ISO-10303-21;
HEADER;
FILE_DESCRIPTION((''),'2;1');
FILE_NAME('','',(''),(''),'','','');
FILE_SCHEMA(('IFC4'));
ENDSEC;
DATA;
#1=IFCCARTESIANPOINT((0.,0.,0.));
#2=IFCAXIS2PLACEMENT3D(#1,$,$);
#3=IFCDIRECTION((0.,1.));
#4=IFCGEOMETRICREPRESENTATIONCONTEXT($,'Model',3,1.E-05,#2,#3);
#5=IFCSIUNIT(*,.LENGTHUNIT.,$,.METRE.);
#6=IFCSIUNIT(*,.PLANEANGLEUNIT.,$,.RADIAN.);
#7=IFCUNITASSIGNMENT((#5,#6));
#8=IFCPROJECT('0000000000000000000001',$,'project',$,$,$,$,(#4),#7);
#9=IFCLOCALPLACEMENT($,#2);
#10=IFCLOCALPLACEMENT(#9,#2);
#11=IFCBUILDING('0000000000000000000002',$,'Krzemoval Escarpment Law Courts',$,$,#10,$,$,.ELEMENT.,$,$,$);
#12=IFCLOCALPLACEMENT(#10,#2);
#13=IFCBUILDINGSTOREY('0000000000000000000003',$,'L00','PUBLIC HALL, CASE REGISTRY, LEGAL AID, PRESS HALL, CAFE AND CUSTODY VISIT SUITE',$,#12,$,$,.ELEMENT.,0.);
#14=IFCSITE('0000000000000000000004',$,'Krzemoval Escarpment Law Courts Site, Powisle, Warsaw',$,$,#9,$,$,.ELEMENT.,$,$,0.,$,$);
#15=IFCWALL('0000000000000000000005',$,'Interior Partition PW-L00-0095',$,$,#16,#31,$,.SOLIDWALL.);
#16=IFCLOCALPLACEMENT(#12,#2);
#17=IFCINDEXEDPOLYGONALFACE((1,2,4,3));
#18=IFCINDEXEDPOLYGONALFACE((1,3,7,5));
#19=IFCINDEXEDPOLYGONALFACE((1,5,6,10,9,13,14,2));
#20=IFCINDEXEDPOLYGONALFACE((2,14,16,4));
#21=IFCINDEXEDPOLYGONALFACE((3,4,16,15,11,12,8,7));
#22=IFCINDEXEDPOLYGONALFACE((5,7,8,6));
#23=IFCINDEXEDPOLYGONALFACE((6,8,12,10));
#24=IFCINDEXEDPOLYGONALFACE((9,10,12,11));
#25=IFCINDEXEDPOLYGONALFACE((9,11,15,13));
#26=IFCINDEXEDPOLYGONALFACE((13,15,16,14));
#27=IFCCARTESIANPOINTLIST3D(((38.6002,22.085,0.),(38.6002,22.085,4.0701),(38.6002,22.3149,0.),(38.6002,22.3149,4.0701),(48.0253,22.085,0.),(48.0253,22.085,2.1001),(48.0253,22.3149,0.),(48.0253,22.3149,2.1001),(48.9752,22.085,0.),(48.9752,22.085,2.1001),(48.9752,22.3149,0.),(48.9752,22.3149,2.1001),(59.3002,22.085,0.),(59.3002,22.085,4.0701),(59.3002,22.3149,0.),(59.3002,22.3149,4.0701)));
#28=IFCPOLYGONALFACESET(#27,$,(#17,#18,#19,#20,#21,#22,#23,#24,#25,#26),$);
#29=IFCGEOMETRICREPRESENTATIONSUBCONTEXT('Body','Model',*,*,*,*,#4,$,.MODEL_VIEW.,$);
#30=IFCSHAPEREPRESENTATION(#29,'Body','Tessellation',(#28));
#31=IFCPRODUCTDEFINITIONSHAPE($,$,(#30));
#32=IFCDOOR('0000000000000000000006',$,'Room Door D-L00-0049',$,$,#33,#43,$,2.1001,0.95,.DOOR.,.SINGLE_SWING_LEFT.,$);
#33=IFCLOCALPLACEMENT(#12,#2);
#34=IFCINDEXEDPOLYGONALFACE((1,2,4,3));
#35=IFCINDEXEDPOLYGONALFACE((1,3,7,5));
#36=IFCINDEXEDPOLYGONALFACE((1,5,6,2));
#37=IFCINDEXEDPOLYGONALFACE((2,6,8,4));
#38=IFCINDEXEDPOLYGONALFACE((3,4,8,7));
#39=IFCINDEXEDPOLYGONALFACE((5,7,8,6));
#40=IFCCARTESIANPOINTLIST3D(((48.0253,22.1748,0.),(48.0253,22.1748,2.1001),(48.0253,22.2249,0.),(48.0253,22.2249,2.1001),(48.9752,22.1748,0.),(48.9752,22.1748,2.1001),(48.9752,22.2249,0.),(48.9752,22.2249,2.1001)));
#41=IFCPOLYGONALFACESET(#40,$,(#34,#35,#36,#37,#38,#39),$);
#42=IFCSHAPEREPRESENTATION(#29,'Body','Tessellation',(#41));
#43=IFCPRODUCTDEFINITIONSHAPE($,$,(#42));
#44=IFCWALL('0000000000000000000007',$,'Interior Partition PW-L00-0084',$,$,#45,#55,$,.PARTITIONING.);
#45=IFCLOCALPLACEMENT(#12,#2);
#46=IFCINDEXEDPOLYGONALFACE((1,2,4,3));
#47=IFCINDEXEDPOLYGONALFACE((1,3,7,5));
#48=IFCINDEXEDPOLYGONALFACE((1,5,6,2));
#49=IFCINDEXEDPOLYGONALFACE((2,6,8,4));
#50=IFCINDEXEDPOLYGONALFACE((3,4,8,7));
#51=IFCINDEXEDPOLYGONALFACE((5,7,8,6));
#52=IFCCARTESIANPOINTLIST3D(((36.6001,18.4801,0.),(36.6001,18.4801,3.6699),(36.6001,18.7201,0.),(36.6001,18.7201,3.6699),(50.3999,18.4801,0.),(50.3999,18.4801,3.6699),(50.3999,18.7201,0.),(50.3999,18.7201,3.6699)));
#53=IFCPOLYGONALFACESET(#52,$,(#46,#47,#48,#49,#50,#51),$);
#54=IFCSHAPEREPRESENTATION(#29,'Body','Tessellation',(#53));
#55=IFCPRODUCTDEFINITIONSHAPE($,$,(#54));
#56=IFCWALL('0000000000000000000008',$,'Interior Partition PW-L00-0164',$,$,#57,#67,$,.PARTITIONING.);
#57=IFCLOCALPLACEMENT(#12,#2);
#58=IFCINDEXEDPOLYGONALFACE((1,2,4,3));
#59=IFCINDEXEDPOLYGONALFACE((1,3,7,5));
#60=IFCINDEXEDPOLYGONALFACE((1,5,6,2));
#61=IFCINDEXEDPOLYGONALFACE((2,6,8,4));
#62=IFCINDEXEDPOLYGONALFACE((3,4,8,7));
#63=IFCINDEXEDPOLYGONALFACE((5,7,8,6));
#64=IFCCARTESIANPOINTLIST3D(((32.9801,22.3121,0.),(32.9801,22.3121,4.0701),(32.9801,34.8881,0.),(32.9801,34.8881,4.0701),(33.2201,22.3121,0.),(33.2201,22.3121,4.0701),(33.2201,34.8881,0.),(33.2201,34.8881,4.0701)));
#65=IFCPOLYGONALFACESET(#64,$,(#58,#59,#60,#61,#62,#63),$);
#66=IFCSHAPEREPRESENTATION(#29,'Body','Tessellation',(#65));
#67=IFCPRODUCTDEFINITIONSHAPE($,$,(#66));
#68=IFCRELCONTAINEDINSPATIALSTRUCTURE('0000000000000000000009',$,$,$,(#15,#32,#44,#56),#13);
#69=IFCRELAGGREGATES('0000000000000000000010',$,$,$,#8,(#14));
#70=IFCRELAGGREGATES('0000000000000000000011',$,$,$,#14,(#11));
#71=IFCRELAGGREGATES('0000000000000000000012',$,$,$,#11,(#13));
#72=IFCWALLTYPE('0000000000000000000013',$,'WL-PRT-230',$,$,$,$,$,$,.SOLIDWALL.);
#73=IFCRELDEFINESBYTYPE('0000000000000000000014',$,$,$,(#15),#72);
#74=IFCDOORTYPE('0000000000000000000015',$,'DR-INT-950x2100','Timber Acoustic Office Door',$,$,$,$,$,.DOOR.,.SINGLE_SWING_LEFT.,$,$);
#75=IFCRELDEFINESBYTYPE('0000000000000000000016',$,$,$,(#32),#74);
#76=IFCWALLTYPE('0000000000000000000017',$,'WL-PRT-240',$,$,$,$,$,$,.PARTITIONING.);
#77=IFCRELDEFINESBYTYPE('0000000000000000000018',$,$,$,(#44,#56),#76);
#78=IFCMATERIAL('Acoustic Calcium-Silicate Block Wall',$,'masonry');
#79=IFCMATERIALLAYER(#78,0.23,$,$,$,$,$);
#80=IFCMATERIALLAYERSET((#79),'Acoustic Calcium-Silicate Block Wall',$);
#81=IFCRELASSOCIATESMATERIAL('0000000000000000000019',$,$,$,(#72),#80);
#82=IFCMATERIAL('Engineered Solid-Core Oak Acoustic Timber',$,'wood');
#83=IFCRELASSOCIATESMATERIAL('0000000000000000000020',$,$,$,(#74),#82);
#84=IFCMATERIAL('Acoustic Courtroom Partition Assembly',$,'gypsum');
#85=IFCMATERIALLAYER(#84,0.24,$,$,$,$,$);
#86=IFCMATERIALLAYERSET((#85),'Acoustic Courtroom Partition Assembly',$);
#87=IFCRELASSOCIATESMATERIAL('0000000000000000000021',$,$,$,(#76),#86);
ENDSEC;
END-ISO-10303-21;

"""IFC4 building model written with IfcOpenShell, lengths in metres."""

from ifc_helpers import new_model, si_unit, direction, frame, frame_2d, origin, place, context, subcontext, project, spatial, rectangle, extrude, material, layer, layer_set, type_object, element, fill, save


model = new_model("IFC4")

# Units and contexts
model_context = context("Model", 3, precision=1e-05, world=origin(), true_north=direction((0.0, 1.0)))
body_context = subcontext(model_context, "Body", "Model", "MODEL_VIEW")
ifc_project = project(units=[si_unit("LENGTHUNIT", "METRE"), si_unit("PLANEANGLEUNIT", "RADIAN")], contexts=[model_context])

# Site, building, storey
site_placement = place(None, origin())
site = spatial("IfcSite", under=ifc_project, at=site_placement, Name="Krzemoval Escarpment Law Courts Site, Powisle, Warsaw", CompositionType="ELEMENT", RefElevation=0.0)
building_placement = place(site_placement, origin())
building = spatial("IfcBuilding", under=site, at=building_placement, Name="Krzemoval Escarpment Law Courts", CompositionType="ELEMENT")
storey_placement = place(building_placement, origin())
storey = spatial("IfcBuildingStorey", under=building, at=storey_placement, Name="L00", Description="PUBLIC HALL, CASE REGISTRY, LEGAL AID, PRESS HALL, CAFE AND CUSTODY VISIT SUITE", CompositionType="ELEMENT", Elevation=0.0)

# Wall, opening, door
ifc_material_1 = material(Name="Acoustic Calcium-Silicate Block Wall", Category="masonry")
ifc_layer_1 = layer(ifc_material_1, 0.23)
ifc_layer_set_1 = layer_set([ifc_layer_1], Name="Acoustic Calcium-Silicate Block Wall")
wall_type_1 = type_object("IfcWallType", Name="WL-PRT-230", PredefinedType="SOLIDWALL", material=ifc_layer_set_1)
wall_1_placement = place(storey_placement, frame((38.6001, 22.2, 0.0), z_axis=(0.0, 0.0, 1.0), x_axis=(1.0, 0.0, 0.0)))
wall_1 = element("IfcWall", 1, at=wall_1_placement, inside=storey, type_object=wall_type_1, Name="Interior Partition PW-L00-0095", PredefinedType="SOLIDWALL", context=body_context, shape_type="SweptSolid", body=[
    extrude(rectangle(XDim=20.7, YDim=0.23, at=frame_2d((10.3501, 0.0))), origin(), (0.0, 0.0, 1.0), 4.0701),
])
opening_placement = place(wall_1_placement, frame((9.425, 0.0, 0.0)))
opening = element("IfcOpeningElement", 2, at=opening_placement, cuts=wall_1, PredefinedType="OPENING", context=body_context, shape_type="SweptSolid", body=[
    extrude(rectangle(XDim=0.95, YDim=2.1001, at=frame_2d((0.4751, 1.05))), frame((0.0, 0.13, 0.0), z_axis=(0.0, -1.0, 0.0), x_axis=(1.0, 0.0, 0.0)), (0.0, 0.0, 1.0), 0.26),
])
ifc_material_2 = material(Name="Engineered Solid-Core Oak Acoustic Timber", Category="wood")
door_type = type_object("IfcDoorType", Name="DR-INT-950x2100", Description="Timber Acoustic Office Door", OperationType="SINGLE_SWING_LEFT", PredefinedType="DOOR", material=ifc_material_2)
door_placement = place(opening_placement, origin())
door = element("IfcDoor", 3, at=door_placement, inside=storey, type_object=door_type, Name="Room Door D-L00-0049", OperationType="SINGLE_SWING_LEFT", OverallHeight=2.1001, OverallWidth=0.95, PredefinedType="DOOR", context=body_context, shape_type="SweptSolid", body=[
    extrude(rectangle(XDim=0.95, YDim=2.1001, at=frame_2d((0.4751, 1.05))), frame((0.0, 0.0249, 0.0), z_axis=(0.0, -1.0, 0.0), x_axis=(1.0, 0.0, 0.0)), (0.0, 0.0, 1.0), 0.05),
])
fill(opening, door)

# Walls
ifc_material_3 = material(Name="Acoustic Courtroom Partition Assembly", Category="gypsum")
ifc_layer_2 = layer(ifc_material_3, 0.24)
ifc_layer_set_2 = layer_set([ifc_layer_2], Name="Acoustic Courtroom Partition Assembly")
wall_type_2 = type_object("IfcWallType", Name="WL-PRT-240", PredefinedType="PARTITIONING", material=ifc_layer_set_2)
wall_2_placement = place(storey_placement, frame((36.6001, 18.6001, 0.0), z_axis=(0.0, 0.0, 1.0), x_axis=(1.0, 0.0, 0.0)))
element("IfcWall", 4, at=wall_2_placement, inside=storey, type_object=wall_type_2, Name="Interior Partition PW-L00-0084", PredefinedType="PARTITIONING", context=body_context, shape_type="SweptSolid", body=[
    extrude(rectangle(XDim=13.7998, YDim=0.24, at=frame_2d((6.8999, 0.0))), origin(), (0.0, 0.0, 1.0), 3.6699),
])
wall_3_placement = place(storey_placement, frame((33.1001, 22.312, 0.0), z_axis=(0.0, 0.0, 1.0), x_axis=(0.0, 1.0, 0.0)))
element("IfcWall", 5, at=wall_3_placement, inside=storey, type_object=wall_type_2, Name="Interior Partition PW-L00-0164", PredefinedType="PARTITIONING", context=body_context, shape_type="SweptSolid", body=[
    extrude(rectangle(XDim=12.5759, YDim=0.24, at=frame_2d((6.2881, 0.0))), origin(), (0.0, 0.0, 1.0), 4.0701),
])

save(model, "model.ifc")
